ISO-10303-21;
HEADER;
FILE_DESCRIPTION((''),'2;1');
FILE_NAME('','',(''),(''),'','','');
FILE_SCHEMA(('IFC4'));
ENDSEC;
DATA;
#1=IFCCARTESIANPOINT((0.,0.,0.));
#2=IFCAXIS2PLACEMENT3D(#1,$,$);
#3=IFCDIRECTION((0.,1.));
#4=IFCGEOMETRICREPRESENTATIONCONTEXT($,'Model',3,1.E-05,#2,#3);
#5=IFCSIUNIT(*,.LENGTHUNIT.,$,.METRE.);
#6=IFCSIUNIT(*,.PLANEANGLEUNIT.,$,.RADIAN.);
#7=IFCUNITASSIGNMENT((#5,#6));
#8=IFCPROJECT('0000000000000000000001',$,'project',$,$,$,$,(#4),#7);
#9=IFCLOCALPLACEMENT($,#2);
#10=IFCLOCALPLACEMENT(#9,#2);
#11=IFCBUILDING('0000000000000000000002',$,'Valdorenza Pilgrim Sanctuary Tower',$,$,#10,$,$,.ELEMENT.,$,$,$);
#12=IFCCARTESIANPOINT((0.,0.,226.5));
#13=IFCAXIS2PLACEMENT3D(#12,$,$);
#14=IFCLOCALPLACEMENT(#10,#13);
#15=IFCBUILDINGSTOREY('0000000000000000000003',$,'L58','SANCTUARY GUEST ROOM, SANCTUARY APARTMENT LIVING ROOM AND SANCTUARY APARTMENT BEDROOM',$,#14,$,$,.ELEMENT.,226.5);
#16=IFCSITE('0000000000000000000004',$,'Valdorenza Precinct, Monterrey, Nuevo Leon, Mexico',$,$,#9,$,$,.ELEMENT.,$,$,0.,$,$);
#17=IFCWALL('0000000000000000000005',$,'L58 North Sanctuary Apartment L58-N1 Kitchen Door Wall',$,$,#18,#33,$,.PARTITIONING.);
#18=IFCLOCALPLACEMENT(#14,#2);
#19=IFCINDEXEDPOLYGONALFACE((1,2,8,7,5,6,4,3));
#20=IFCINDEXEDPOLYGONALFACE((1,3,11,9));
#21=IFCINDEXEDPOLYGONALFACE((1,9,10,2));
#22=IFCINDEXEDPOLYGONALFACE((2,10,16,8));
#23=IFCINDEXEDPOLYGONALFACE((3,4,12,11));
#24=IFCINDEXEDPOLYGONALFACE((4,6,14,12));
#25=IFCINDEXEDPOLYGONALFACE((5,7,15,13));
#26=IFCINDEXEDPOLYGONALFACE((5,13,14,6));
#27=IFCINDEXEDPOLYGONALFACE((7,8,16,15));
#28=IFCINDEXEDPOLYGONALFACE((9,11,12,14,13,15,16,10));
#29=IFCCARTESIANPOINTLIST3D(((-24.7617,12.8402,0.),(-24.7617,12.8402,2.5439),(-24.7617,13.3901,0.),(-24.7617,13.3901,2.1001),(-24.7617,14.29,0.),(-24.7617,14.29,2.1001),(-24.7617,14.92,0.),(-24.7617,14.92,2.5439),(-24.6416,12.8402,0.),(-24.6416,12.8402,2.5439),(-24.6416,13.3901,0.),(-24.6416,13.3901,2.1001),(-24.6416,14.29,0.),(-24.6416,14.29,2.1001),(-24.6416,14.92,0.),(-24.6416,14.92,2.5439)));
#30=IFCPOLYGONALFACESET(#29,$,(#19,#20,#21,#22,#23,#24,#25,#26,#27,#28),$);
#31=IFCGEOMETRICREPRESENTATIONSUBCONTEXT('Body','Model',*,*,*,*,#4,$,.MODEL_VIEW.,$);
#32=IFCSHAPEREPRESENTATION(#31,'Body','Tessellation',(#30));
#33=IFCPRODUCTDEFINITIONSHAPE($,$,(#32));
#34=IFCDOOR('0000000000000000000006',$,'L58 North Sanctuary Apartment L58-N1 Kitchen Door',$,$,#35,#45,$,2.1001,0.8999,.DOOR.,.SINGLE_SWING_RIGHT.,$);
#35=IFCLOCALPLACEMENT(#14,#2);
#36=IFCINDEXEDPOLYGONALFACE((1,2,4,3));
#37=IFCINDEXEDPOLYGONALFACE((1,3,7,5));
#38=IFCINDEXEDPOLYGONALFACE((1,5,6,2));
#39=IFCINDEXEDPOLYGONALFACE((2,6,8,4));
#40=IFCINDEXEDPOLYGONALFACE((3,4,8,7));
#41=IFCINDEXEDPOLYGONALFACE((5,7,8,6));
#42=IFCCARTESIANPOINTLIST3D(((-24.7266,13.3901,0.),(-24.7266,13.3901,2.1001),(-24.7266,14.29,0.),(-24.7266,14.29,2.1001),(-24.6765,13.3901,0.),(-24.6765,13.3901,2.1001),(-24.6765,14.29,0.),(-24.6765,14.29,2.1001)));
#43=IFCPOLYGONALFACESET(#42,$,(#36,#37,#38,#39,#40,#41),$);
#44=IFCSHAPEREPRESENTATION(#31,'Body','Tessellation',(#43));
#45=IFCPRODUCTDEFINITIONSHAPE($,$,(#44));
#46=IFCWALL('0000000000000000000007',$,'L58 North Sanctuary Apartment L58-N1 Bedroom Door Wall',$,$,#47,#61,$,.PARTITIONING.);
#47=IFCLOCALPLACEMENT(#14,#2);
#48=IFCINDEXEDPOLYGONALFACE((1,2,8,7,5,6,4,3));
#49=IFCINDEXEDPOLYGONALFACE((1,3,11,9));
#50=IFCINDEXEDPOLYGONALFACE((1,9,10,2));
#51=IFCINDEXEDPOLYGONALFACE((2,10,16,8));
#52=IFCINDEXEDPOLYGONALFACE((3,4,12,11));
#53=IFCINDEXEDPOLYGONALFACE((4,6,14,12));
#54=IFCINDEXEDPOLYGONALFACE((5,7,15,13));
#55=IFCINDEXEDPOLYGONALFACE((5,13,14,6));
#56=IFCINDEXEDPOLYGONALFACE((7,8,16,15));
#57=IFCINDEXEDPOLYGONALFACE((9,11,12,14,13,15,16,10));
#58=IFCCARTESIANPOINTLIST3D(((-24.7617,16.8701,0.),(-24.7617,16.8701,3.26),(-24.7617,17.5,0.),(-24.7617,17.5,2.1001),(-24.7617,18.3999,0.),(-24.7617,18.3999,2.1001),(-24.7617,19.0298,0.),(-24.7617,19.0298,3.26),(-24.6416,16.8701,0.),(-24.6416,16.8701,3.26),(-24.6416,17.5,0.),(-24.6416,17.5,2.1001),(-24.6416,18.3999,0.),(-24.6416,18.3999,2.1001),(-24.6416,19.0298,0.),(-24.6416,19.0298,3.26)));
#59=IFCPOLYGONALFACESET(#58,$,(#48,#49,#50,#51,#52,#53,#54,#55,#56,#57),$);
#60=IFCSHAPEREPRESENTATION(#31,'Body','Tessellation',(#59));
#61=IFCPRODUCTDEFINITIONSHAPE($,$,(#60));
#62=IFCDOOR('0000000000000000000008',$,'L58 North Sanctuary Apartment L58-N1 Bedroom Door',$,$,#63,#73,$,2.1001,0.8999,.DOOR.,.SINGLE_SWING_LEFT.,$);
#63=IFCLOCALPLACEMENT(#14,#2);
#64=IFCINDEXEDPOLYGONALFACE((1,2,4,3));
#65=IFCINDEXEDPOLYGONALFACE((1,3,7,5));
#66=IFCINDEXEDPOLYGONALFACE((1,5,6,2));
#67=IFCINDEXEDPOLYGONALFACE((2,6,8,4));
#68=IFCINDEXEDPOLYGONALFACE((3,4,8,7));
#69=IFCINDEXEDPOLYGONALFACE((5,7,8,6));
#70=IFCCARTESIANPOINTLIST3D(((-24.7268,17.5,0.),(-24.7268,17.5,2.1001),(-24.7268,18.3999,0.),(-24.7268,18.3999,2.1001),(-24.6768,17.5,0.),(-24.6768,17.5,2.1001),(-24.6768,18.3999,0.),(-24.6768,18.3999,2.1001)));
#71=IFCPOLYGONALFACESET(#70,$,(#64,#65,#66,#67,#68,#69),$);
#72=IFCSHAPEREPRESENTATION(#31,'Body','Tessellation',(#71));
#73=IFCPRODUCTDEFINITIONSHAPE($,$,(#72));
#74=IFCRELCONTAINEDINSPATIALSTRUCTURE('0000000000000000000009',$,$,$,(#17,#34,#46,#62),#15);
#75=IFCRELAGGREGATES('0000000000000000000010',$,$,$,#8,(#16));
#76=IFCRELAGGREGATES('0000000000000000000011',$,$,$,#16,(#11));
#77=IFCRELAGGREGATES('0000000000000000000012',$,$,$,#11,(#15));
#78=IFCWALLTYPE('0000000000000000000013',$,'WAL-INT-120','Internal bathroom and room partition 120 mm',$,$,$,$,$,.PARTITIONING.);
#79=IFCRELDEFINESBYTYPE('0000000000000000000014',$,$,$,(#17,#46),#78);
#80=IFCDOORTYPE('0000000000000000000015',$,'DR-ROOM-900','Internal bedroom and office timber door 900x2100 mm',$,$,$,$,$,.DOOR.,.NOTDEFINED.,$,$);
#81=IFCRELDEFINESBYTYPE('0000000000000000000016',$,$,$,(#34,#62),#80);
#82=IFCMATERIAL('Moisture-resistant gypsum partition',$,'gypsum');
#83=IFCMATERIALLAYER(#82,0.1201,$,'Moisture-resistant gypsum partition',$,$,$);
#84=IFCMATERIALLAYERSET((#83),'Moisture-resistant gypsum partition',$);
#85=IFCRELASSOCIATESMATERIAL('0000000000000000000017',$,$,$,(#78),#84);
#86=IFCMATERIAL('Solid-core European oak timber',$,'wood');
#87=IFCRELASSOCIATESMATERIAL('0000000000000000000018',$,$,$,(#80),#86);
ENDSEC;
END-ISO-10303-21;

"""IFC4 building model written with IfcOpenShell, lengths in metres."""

from ifc_helpers import new_model, si_unit, direction, frame, frame_2d, origin, place, context, subcontext, project, spatial, rectangle, extrude, material, layer, layer_set, type_object, element, fill, save


model = new_model("IFC4")

# Units and contexts
model_context = context("Model", 3, precision=1e-05, world=origin(), true_north=direction((0.0, 1.0)))
body_context = subcontext(model_context, "Body", "Model", "MODEL_VIEW")
ifc_project = project(units=[si_unit("LENGTHUNIT", "METRE"), si_unit("PLANEANGLEUNIT", "RADIAN")], contexts=[model_context])

# Site, building, storey
site_placement = place(None, origin())
site = spatial("IfcSite", under=ifc_project, at=site_placement, Name="Valdorenza Precinct, Monterrey, Nuevo Leon, Mexico", CompositionType="ELEMENT", RefElevation=0.0)
building_placement = place(site_placement, origin())
building = spatial("IfcBuilding", under=site, at=building_placement, Name="Valdorenza Pilgrim Sanctuary Tower", CompositionType="ELEMENT")
storey_placement = place(building_placement, frame((0.0, 0.0, 226.5)))
storey = spatial("IfcBuildingStorey", under=building, at=storey_placement, Name="L58", Description="SANCTUARY GUEST ROOM, SANCTUARY APARTMENT LIVING ROOM AND SANCTUARY APARTMENT BEDROOM", CompositionType="ELEMENT", Elevation=226.5)

# Shared definitions
ifc_material_1 = material(Name="Moisture-resistant gypsum partition", Category="gypsum")
ifc_layer_1 = layer(ifc_material_1, 0.1201, Name="Moisture-resistant gypsum partition")
ifc_layer_set_1 = layer_set([ifc_layer_1], Name="Moisture-resistant gypsum partition")
wall_type_1 = type_object("IfcWallType", Name="WAL-INT-120", Description="Internal bathroom and room partition 120 mm", PredefinedType="PARTITIONING", material=ifc_layer_set_1)

# Walls, openings, doors
wall_1_placement = place(storey_placement, frame((-24.7017, 12.8401, 0.0), z_axis=(0.0, 0.0, 1.0), x_axis=(0.0, 1.0, 0.0)))
wall_1 = element("IfcWall", 1, at=wall_1_placement, inside=storey, type_object=wall_type_1, Name="L58 North Sanctuary Apartment L58-N1 Kitchen Door Wall", PredefinedType="PARTITIONING", context=body_context, shape_type="SweptSolid", body=[
    extrude(rectangle(XDim=2.0798, YDim=0.1201, at=frame_2d((1.04, 0.0))), origin(), (0.0, 0.0, 1.0), 2.5439),
])
opening_1_placement = place(wall_1_placement, frame((0.55, 0.0, 0.0)))
opening_1 = element("IfcOpeningElement", 2, at=opening_1_placement, cuts=wall_1, PredefinedType="OPENING", context=body_context, shape_type="SweptSolid", body=[
    extrude(rectangle(XDim=0.8999, YDim=2.1001, at=frame_2d((0.45, 1.05))), frame((0.0, 0.075, 0.0), z_axis=(0.0, -1.0, 0.0), x_axis=(1.0, 0.0, 0.0)), (0.0, 0.0, 1.0), 0.1499),
])
ifc_material_2 = material(Name="Solid-core European oak timber", Category="wood")
door_type_1 = type_object("IfcDoorType", Name="DR-ROOM-900", Description="Internal bedroom and office timber door 900x2100 mm", OperationType="NOTDEFINED", PredefinedType="DOOR", material=ifc_material_2)
door_1_placement = place(opening_1_placement, origin())
door_1 = element("IfcDoor", 3, at=door_1_placement, inside=storey, type_object=door_type_1, Name="L58 North Sanctuary Apartment L58-N1 Kitchen Door", OperationType="SINGLE_SWING_RIGHT", OverallHeight=2.1001, OverallWidth=0.8999, PredefinedType="DOOR", context=body_context, shape_type="SweptSolid", body=[
    extrude(rectangle(XDim=0.8999, YDim=2.1001, at=frame_2d((0.45, 1.05))), frame((0.0, 0.0249, 0.0), z_axis=(0.0, -1.0, 0.0), x_axis=(1.0, 0.0, 0.0)), (0.0, 0.0, 1.0), 0.05),
])
fill(opening_1, door_1)
wall_2_placement = place(storey_placement, frame((-24.7017, 16.8701, 0.0), z_axis=(0.0, 0.0, 1.0), x_axis=(0.0, 1.0, 0.0)))
wall_2 = element("IfcWall", 4, at=wall_2_placement, inside=storey, type_object=wall_type_1, Name="L58 North Sanctuary Apartment L58-N1 Bedroom Door Wall", PredefinedType="PARTITIONING", context=body_context, shape_type="SweptSolid", body=[
    extrude(rectangle(XDim=2.1597, YDim=0.1201, at=frame_2d((1.0798, 0.0))), origin(), (0.0, 0.0, 1.0), 3.26),
])
opening_2_placement = place(wall_2_placement, frame((0.6299, 0.0, 0.0)))
opening_2 = element("IfcOpeningElement", 5, at=opening_2_placement, cuts=wall_2, PredefinedType="OPENING", context=body_context, shape_type="SweptSolid", body=[
    extrude(rectangle(XDim=0.8999, YDim=2.1001, at=frame_2d((0.45, 1.05))), frame((0.0, 0.075, 0.0), z_axis=(0.0, -1.0, 0.0), x_axis=(1.0, 0.0, 0.0)), (0.0, 0.0, 1.0), 0.1499),
])
door_2_placement = place(opening_2_placement, frame((0.8999, 0.0, 0.0), z_axis=(0.0, 0.0, 1.0), x_axis=(-1.0, 0.0, 0.0)))
door_2 = element("IfcDoor", 6, at=door_2_placement, inside=storey, type_object=door_type_1, Name="L58 North Sanctuary Apartment L58-N1 Bedroom Door", OperationType="SINGLE_SWING_LEFT", OverallHeight=2.1001, OverallWidth=0.8999, PredefinedType="DOOR", context=body_context, shape_type="SweptSolid", body=[
    extrude(rectangle(XDim=0.8999, YDim=2.1001, at=frame_2d((0.45, 1.05))), frame((0.0, 0.0249, 0.0), z_axis=(0.0, -1.0, 0.0), x_axis=(1.0, 0.0, 0.0)), (0.0, 0.0, 1.0), 0.05),
])
fill(opening_2, door_2)

save(model, "model.ifc")
